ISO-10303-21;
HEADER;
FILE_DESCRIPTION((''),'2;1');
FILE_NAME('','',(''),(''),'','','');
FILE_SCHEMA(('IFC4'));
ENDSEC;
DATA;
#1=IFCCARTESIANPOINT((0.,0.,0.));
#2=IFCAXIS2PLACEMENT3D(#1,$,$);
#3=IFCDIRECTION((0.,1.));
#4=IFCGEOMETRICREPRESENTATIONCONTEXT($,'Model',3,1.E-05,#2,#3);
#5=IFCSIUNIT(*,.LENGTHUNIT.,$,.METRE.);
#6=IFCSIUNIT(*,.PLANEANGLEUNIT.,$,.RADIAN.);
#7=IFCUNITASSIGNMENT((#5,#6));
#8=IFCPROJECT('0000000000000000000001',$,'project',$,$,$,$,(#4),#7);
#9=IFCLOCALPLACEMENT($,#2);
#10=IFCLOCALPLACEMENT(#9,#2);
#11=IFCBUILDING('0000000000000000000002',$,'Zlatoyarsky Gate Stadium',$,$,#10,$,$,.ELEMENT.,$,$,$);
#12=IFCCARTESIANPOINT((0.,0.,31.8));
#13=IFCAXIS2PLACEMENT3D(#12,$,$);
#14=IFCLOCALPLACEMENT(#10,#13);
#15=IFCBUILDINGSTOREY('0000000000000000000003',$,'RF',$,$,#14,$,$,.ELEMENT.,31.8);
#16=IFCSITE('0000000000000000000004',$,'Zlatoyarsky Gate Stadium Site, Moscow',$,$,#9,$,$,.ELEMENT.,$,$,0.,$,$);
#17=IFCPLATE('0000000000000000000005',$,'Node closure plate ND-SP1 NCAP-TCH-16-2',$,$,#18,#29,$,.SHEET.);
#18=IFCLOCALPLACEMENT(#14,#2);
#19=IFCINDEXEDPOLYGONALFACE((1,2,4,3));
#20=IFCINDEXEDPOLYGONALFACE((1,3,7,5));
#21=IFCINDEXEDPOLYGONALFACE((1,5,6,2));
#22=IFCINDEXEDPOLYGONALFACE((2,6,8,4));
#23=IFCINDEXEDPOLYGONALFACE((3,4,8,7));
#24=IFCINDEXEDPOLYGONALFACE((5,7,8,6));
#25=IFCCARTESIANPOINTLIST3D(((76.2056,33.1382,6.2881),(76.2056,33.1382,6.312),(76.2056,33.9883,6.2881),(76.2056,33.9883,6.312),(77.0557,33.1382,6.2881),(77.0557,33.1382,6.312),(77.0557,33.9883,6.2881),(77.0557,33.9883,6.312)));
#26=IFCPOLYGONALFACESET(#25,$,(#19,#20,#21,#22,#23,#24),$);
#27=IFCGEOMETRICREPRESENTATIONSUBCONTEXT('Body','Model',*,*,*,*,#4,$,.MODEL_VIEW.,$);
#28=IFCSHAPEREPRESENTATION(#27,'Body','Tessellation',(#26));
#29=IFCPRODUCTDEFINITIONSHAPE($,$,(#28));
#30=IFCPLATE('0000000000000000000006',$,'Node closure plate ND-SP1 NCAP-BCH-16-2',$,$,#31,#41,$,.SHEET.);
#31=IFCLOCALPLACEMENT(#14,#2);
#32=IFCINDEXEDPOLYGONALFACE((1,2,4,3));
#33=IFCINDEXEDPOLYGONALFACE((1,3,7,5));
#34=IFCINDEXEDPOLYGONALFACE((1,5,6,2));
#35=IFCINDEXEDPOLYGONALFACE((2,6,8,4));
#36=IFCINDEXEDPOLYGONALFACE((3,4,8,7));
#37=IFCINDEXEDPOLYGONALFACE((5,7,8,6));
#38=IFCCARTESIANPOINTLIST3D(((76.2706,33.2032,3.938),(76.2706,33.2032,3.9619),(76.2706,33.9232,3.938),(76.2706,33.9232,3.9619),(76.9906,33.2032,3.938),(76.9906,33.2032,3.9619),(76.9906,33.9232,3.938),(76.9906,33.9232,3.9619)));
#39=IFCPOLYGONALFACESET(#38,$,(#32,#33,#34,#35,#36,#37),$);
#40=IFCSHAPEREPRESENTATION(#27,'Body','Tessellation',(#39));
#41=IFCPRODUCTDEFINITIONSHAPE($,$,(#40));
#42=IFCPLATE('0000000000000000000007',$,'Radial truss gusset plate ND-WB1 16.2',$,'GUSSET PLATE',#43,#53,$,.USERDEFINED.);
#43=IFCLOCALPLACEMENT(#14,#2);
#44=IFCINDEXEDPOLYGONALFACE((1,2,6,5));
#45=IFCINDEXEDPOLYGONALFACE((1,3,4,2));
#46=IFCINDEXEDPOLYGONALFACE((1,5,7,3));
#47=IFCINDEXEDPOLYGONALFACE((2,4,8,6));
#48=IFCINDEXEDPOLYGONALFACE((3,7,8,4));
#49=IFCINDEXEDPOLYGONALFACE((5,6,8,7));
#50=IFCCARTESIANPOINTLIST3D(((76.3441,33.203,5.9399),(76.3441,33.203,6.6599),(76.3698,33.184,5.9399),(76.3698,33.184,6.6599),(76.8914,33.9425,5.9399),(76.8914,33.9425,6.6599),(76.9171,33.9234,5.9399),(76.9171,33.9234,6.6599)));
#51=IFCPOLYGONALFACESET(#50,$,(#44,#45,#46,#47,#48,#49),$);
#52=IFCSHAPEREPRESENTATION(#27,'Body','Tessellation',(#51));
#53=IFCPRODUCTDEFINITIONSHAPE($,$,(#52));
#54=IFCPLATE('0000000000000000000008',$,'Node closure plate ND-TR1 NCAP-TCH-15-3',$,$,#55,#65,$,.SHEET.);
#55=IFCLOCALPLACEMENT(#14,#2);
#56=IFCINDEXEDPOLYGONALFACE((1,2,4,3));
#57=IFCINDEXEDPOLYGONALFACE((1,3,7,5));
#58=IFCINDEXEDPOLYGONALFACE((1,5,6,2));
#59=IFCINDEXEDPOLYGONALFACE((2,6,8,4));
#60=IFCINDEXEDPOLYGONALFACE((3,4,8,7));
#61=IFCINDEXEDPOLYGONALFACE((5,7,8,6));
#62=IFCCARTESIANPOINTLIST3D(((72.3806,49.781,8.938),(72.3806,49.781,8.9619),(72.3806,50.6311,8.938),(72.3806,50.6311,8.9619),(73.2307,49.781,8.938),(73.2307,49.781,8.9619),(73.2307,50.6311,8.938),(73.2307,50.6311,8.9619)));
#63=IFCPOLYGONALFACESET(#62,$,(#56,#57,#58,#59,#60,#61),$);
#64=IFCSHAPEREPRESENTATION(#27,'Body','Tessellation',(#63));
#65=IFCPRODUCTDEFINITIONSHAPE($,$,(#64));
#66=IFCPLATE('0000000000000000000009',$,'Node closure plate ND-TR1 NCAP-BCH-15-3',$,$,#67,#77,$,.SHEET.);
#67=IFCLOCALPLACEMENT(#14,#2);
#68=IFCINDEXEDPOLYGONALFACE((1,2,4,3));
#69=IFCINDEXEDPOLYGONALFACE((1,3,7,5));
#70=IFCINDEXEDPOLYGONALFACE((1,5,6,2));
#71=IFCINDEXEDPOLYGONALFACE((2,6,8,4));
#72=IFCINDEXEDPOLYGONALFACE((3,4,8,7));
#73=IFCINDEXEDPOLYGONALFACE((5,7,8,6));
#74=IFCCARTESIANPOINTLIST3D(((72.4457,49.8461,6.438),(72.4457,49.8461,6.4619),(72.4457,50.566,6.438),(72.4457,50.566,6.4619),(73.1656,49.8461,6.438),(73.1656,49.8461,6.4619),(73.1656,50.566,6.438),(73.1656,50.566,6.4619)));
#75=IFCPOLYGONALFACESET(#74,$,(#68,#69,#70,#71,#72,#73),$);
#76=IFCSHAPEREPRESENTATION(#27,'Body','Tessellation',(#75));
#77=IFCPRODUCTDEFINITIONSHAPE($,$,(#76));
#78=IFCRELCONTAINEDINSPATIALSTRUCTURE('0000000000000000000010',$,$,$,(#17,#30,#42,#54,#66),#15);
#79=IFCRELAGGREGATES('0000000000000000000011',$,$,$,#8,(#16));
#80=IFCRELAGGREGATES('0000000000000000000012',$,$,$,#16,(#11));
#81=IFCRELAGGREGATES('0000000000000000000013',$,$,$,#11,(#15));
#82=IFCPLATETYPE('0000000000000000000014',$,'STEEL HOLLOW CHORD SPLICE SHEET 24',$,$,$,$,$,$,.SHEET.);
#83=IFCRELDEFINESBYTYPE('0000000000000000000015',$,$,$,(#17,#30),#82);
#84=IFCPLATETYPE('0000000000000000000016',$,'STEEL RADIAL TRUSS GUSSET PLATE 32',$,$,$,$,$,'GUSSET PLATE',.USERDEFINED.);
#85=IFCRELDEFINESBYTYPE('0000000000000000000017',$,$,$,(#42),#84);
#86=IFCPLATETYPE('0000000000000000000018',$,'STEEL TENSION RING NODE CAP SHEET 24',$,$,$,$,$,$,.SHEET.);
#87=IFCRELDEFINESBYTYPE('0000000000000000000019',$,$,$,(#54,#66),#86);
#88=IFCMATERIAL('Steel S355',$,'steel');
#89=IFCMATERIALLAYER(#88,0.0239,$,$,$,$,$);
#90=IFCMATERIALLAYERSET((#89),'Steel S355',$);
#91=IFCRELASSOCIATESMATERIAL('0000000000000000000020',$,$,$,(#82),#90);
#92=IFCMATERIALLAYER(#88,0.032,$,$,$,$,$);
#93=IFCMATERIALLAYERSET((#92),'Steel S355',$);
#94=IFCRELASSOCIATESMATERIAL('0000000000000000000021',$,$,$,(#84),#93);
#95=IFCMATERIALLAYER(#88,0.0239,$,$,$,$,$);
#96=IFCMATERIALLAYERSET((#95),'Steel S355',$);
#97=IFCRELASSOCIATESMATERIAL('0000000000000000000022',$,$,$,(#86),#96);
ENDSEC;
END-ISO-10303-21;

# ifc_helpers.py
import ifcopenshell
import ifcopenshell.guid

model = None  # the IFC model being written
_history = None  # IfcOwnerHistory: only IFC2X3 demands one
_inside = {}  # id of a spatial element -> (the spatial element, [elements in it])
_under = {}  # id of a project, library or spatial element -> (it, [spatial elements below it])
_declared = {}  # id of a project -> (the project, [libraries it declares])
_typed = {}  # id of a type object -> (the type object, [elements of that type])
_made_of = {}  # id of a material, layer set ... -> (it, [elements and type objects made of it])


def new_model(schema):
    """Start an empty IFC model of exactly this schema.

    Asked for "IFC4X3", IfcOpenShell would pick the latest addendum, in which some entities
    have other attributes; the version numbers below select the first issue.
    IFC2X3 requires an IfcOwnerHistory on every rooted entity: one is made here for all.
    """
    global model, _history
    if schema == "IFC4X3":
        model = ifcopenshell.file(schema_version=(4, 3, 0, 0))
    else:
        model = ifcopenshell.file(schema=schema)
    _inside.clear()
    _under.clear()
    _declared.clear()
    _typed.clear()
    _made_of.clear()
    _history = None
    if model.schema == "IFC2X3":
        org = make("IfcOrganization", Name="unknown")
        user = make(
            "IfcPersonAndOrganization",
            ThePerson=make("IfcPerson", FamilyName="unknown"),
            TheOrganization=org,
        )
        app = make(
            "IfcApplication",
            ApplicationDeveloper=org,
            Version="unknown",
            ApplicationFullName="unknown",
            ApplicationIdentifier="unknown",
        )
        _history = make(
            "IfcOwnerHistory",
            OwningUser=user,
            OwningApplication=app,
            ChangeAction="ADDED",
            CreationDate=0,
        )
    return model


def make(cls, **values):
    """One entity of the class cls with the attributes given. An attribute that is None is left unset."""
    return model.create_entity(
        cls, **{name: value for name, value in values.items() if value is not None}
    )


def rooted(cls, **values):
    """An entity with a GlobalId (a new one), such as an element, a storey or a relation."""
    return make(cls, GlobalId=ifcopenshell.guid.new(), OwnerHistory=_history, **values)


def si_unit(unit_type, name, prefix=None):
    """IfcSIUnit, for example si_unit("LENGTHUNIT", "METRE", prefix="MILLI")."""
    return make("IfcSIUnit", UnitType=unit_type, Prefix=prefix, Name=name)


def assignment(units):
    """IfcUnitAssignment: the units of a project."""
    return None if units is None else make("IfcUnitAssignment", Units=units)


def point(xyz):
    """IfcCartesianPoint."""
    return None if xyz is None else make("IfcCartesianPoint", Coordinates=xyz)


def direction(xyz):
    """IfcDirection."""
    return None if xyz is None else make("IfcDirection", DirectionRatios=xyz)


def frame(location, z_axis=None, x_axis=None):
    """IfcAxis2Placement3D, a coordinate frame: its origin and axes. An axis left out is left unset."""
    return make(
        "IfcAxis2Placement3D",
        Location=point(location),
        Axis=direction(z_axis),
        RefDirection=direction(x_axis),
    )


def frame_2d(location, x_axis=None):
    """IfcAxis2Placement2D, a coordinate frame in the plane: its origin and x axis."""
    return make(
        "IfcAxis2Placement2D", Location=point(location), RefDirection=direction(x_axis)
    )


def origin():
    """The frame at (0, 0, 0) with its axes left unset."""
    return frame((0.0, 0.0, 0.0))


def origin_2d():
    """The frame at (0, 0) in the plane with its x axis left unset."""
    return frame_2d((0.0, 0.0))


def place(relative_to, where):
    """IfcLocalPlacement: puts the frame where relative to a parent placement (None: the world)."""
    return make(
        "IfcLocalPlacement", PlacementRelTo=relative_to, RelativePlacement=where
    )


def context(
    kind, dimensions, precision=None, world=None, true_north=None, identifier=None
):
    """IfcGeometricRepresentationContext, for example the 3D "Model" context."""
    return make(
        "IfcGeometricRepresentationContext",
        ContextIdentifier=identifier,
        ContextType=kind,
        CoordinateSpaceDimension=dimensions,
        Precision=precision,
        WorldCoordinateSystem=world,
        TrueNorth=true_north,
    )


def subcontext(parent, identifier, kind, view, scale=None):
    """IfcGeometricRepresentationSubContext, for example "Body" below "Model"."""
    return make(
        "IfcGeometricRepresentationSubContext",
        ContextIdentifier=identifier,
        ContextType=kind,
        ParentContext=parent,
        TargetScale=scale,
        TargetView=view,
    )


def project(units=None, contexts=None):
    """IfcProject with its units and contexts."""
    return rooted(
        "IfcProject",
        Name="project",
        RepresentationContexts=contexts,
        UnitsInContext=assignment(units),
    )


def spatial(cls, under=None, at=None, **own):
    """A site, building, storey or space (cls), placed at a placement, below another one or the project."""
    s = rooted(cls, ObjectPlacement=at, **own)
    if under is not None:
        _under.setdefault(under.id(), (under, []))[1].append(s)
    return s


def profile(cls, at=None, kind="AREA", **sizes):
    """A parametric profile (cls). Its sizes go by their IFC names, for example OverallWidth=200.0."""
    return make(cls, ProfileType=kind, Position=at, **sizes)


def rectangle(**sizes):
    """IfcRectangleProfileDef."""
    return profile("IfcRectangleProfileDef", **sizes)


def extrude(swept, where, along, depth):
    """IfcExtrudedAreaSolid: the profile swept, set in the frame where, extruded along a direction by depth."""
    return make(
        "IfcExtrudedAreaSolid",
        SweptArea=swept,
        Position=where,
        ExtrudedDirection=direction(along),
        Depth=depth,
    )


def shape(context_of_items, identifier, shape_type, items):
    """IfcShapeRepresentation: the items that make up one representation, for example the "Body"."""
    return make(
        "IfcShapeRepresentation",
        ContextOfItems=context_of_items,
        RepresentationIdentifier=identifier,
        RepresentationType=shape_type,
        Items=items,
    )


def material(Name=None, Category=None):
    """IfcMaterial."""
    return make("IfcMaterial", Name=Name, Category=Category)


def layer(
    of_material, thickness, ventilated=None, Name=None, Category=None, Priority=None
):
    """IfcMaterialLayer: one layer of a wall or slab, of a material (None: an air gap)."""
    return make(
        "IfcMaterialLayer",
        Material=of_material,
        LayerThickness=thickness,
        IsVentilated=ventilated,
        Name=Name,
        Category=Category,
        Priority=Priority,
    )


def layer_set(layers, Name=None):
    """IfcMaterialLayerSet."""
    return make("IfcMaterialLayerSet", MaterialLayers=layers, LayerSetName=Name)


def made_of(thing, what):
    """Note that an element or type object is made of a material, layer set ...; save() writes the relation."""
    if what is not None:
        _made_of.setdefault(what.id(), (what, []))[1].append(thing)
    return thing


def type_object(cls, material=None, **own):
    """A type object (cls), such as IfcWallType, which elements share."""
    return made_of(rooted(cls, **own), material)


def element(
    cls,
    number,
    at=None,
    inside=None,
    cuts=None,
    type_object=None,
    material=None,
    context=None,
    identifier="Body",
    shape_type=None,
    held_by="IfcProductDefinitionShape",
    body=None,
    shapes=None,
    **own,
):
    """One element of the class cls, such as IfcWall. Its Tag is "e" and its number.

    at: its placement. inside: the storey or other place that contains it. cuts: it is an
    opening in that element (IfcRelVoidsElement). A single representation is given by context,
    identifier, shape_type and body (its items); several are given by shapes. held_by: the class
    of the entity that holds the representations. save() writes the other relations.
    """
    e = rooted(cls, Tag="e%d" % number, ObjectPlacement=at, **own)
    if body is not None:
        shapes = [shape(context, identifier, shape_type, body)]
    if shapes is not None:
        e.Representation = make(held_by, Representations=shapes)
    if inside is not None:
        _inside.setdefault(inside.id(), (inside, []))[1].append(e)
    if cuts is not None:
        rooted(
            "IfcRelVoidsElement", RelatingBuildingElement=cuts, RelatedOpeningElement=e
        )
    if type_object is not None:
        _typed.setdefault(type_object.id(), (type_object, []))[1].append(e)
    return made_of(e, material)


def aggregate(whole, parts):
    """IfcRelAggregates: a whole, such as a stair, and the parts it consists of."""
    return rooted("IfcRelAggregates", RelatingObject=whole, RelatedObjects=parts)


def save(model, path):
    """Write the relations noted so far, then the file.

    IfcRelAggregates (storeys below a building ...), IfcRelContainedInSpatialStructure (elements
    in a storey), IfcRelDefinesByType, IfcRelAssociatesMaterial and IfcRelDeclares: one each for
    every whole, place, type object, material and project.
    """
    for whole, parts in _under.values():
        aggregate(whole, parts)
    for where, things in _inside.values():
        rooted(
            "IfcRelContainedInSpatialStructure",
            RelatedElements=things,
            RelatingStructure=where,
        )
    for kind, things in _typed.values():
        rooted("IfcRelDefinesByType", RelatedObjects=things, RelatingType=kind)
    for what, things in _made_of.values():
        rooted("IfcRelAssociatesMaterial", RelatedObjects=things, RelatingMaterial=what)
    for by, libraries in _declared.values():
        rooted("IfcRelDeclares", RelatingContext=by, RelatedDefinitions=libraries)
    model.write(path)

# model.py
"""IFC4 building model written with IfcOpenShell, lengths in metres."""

from ifc_helpers import new_model, si_unit, direction, frame, origin, origin_2d, place, context, subcontext, project, spatial, rectangle, extrude, material, layer, layer_set, type_object, element, save


model = new_model("IFC4")

# Units and contexts
model_context = context("Model", 3, precision=1e-05, world=origin(), true_north=direction((0.0, 1.0)))
body_context = subcontext(model_context, "Body", "Model", "MODEL_VIEW")
ifc_project = project(units=[si_unit("LENGTHUNIT", "METRE"), si_unit("PLANEANGLEUNIT", "RADIAN")], contexts=[model_context])

# Site, building, storey
site_placement = place(None, origin())
site = spatial("IfcSite", under=ifc_project, at=site_placement, Name="Zlatoyarsky Gate Stadium Site, Moscow", CompositionType="ELEMENT", RefElevation=0.0)
building_placement = place(site_placement, origin())
building = spatial("IfcBuilding", under=site, at=building_placement, Name="Zlatoyarsky Gate Stadium", CompositionType="ELEMENT")
storey_placement = place(building_placement, frame((0.0, 0.0, 31.8)))
storey = spatial("IfcBuildingStorey", under=building, at=storey_placement, Name="RF", CompositionType="ELEMENT", Elevation=31.8)

# Shared definitions
ifc_material = material(Name="Steel S355", Category="steel")

# Plates
ifc_layer_1 = layer(ifc_material, 0.0239)
ifc_layer_set_1 = layer_set([ifc_layer_1], Name="Steel S355")
plate_type_1 = type_object("IfcPlateType", Name="STEEL HOLLOW CHORD SPLICE SHEET 24", PredefinedType="SHEET", material=ifc_layer_set_1)
plate_1_placement = place(storey_placement, frame((76.6306, 33.5632, 6.2881), z_axis=(0.0, 0.0, 1.0), x_axis=(1.0, 0.0, 0.0)))
element("IfcPlate", 1, at=plate_1_placement, inside=storey, type_object=plate_type_1, Name="Node closure plate ND-SP1 NCAP-TCH-16-2", PredefinedType="SHEET", context=body_context, shape_type="SweptSolid", body=[
    extrude(rectangle(XDim=0.8501, YDim=0.8501, at=origin_2d()), origin(), (0.0, 0.0, 1.0), 0.0239),
])
plate_2_placement = place(storey_placement, frame((76.6306, 33.5632, 3.938), z_axis=(0.0, 0.0, 1.0), x_axis=(1.0, 0.0, 0.0)))
element("IfcPlate", 2, at=plate_2_placement, inside=storey, type_object=plate_type_1, Name="Node closure plate ND-SP1 NCAP-BCH-16-2", PredefinedType="SHEET", context=body_context, shape_type="SweptSolid", body=[
    extrude(rectangle(XDim=0.72, YDim=0.72, at=origin_2d()), origin(), (0.0, 0.0, 1.0), 0.0239),
])
ifc_layer_2 = layer(ifc_material, 0.032)
ifc_layer_set_2 = layer_set([ifc_layer_2], Name="Steel S355")
plate_type_2 = type_object("IfcPlateType", Name="STEEL RADIAL TRUSS GUSSET PLATE 32", ElementType="GUSSET PLATE", PredefinedType="USERDEFINED", material=ifc_layer_set_2)
plate_3_placement = place(storey_placement, frame((76.6306, 33.5632, 5.9399), z_axis=(0.0, 0.0, 1.0), x_axis=(0.594913, 0.80379, 0.0)))
element("IfcPlate", 3, at=plate_3_placement, inside=storey, type_object=plate_type_2, Name="Radial truss gusset plate ND-WB1 16.2", ObjectType="GUSSET PLATE", PredefinedType="USERDEFINED", context=body_context, shape_type="SweptSolid", body=[
    extrude(rectangle(XDim=0.9199, YDim=0.032, at=origin_2d()), origin(), (0.0, 0.0, 1.0), 0.72),
])
ifc_layer_3 = layer(ifc_material, 0.0239)
ifc_layer_set_3 = layer_set([ifc_layer_3], Name="Steel S355")
plate_type_3 = type_object("IfcPlateType", Name="STEEL TENSION RING NODE CAP SHEET 24", PredefinedType="SHEET", material=ifc_layer_set_3)
plate_4_placement = place(storey_placement, frame((72.8057, 50.2061, 8.938), z_axis=(0.0, 0.0, 1.0), x_axis=(1.0, 0.0, 0.0)))
element("IfcPlate", 4, at=plate_4_placement, inside=storey, type_object=plate_type_3, Name="Node closure plate ND-TR1 NCAP-TCH-15-3", PredefinedType="SHEET", context=body_context, shape_type="SweptSolid", body=[
    extrude(rectangle(XDim=0.8501, YDim=0.8501, at=origin_2d()), origin(), (0.0, 0.0, 1.0), 0.0239),
])
plate_5_placement = place(storey_placement, frame((72.8057, 50.2061, 6.438), z_axis=(0.0, 0.0, 1.0), x_axis=(1.0, 0.0, 0.0)))
element("IfcPlate", 5, at=plate_5_placement, inside=storey, type_object=plate_type_3, Name="Node closure plate ND-TR1 NCAP-BCH-15-3", PredefinedType="SHEET", context=body_context, shape_type="SweptSolid", body=[
    extrude(rectangle(XDim=0.72, YDim=0.72, at=origin_2d()), origin(), (0.0, 0.0, 1.0), 0.0239),
])

save(model, "model.ifc")
